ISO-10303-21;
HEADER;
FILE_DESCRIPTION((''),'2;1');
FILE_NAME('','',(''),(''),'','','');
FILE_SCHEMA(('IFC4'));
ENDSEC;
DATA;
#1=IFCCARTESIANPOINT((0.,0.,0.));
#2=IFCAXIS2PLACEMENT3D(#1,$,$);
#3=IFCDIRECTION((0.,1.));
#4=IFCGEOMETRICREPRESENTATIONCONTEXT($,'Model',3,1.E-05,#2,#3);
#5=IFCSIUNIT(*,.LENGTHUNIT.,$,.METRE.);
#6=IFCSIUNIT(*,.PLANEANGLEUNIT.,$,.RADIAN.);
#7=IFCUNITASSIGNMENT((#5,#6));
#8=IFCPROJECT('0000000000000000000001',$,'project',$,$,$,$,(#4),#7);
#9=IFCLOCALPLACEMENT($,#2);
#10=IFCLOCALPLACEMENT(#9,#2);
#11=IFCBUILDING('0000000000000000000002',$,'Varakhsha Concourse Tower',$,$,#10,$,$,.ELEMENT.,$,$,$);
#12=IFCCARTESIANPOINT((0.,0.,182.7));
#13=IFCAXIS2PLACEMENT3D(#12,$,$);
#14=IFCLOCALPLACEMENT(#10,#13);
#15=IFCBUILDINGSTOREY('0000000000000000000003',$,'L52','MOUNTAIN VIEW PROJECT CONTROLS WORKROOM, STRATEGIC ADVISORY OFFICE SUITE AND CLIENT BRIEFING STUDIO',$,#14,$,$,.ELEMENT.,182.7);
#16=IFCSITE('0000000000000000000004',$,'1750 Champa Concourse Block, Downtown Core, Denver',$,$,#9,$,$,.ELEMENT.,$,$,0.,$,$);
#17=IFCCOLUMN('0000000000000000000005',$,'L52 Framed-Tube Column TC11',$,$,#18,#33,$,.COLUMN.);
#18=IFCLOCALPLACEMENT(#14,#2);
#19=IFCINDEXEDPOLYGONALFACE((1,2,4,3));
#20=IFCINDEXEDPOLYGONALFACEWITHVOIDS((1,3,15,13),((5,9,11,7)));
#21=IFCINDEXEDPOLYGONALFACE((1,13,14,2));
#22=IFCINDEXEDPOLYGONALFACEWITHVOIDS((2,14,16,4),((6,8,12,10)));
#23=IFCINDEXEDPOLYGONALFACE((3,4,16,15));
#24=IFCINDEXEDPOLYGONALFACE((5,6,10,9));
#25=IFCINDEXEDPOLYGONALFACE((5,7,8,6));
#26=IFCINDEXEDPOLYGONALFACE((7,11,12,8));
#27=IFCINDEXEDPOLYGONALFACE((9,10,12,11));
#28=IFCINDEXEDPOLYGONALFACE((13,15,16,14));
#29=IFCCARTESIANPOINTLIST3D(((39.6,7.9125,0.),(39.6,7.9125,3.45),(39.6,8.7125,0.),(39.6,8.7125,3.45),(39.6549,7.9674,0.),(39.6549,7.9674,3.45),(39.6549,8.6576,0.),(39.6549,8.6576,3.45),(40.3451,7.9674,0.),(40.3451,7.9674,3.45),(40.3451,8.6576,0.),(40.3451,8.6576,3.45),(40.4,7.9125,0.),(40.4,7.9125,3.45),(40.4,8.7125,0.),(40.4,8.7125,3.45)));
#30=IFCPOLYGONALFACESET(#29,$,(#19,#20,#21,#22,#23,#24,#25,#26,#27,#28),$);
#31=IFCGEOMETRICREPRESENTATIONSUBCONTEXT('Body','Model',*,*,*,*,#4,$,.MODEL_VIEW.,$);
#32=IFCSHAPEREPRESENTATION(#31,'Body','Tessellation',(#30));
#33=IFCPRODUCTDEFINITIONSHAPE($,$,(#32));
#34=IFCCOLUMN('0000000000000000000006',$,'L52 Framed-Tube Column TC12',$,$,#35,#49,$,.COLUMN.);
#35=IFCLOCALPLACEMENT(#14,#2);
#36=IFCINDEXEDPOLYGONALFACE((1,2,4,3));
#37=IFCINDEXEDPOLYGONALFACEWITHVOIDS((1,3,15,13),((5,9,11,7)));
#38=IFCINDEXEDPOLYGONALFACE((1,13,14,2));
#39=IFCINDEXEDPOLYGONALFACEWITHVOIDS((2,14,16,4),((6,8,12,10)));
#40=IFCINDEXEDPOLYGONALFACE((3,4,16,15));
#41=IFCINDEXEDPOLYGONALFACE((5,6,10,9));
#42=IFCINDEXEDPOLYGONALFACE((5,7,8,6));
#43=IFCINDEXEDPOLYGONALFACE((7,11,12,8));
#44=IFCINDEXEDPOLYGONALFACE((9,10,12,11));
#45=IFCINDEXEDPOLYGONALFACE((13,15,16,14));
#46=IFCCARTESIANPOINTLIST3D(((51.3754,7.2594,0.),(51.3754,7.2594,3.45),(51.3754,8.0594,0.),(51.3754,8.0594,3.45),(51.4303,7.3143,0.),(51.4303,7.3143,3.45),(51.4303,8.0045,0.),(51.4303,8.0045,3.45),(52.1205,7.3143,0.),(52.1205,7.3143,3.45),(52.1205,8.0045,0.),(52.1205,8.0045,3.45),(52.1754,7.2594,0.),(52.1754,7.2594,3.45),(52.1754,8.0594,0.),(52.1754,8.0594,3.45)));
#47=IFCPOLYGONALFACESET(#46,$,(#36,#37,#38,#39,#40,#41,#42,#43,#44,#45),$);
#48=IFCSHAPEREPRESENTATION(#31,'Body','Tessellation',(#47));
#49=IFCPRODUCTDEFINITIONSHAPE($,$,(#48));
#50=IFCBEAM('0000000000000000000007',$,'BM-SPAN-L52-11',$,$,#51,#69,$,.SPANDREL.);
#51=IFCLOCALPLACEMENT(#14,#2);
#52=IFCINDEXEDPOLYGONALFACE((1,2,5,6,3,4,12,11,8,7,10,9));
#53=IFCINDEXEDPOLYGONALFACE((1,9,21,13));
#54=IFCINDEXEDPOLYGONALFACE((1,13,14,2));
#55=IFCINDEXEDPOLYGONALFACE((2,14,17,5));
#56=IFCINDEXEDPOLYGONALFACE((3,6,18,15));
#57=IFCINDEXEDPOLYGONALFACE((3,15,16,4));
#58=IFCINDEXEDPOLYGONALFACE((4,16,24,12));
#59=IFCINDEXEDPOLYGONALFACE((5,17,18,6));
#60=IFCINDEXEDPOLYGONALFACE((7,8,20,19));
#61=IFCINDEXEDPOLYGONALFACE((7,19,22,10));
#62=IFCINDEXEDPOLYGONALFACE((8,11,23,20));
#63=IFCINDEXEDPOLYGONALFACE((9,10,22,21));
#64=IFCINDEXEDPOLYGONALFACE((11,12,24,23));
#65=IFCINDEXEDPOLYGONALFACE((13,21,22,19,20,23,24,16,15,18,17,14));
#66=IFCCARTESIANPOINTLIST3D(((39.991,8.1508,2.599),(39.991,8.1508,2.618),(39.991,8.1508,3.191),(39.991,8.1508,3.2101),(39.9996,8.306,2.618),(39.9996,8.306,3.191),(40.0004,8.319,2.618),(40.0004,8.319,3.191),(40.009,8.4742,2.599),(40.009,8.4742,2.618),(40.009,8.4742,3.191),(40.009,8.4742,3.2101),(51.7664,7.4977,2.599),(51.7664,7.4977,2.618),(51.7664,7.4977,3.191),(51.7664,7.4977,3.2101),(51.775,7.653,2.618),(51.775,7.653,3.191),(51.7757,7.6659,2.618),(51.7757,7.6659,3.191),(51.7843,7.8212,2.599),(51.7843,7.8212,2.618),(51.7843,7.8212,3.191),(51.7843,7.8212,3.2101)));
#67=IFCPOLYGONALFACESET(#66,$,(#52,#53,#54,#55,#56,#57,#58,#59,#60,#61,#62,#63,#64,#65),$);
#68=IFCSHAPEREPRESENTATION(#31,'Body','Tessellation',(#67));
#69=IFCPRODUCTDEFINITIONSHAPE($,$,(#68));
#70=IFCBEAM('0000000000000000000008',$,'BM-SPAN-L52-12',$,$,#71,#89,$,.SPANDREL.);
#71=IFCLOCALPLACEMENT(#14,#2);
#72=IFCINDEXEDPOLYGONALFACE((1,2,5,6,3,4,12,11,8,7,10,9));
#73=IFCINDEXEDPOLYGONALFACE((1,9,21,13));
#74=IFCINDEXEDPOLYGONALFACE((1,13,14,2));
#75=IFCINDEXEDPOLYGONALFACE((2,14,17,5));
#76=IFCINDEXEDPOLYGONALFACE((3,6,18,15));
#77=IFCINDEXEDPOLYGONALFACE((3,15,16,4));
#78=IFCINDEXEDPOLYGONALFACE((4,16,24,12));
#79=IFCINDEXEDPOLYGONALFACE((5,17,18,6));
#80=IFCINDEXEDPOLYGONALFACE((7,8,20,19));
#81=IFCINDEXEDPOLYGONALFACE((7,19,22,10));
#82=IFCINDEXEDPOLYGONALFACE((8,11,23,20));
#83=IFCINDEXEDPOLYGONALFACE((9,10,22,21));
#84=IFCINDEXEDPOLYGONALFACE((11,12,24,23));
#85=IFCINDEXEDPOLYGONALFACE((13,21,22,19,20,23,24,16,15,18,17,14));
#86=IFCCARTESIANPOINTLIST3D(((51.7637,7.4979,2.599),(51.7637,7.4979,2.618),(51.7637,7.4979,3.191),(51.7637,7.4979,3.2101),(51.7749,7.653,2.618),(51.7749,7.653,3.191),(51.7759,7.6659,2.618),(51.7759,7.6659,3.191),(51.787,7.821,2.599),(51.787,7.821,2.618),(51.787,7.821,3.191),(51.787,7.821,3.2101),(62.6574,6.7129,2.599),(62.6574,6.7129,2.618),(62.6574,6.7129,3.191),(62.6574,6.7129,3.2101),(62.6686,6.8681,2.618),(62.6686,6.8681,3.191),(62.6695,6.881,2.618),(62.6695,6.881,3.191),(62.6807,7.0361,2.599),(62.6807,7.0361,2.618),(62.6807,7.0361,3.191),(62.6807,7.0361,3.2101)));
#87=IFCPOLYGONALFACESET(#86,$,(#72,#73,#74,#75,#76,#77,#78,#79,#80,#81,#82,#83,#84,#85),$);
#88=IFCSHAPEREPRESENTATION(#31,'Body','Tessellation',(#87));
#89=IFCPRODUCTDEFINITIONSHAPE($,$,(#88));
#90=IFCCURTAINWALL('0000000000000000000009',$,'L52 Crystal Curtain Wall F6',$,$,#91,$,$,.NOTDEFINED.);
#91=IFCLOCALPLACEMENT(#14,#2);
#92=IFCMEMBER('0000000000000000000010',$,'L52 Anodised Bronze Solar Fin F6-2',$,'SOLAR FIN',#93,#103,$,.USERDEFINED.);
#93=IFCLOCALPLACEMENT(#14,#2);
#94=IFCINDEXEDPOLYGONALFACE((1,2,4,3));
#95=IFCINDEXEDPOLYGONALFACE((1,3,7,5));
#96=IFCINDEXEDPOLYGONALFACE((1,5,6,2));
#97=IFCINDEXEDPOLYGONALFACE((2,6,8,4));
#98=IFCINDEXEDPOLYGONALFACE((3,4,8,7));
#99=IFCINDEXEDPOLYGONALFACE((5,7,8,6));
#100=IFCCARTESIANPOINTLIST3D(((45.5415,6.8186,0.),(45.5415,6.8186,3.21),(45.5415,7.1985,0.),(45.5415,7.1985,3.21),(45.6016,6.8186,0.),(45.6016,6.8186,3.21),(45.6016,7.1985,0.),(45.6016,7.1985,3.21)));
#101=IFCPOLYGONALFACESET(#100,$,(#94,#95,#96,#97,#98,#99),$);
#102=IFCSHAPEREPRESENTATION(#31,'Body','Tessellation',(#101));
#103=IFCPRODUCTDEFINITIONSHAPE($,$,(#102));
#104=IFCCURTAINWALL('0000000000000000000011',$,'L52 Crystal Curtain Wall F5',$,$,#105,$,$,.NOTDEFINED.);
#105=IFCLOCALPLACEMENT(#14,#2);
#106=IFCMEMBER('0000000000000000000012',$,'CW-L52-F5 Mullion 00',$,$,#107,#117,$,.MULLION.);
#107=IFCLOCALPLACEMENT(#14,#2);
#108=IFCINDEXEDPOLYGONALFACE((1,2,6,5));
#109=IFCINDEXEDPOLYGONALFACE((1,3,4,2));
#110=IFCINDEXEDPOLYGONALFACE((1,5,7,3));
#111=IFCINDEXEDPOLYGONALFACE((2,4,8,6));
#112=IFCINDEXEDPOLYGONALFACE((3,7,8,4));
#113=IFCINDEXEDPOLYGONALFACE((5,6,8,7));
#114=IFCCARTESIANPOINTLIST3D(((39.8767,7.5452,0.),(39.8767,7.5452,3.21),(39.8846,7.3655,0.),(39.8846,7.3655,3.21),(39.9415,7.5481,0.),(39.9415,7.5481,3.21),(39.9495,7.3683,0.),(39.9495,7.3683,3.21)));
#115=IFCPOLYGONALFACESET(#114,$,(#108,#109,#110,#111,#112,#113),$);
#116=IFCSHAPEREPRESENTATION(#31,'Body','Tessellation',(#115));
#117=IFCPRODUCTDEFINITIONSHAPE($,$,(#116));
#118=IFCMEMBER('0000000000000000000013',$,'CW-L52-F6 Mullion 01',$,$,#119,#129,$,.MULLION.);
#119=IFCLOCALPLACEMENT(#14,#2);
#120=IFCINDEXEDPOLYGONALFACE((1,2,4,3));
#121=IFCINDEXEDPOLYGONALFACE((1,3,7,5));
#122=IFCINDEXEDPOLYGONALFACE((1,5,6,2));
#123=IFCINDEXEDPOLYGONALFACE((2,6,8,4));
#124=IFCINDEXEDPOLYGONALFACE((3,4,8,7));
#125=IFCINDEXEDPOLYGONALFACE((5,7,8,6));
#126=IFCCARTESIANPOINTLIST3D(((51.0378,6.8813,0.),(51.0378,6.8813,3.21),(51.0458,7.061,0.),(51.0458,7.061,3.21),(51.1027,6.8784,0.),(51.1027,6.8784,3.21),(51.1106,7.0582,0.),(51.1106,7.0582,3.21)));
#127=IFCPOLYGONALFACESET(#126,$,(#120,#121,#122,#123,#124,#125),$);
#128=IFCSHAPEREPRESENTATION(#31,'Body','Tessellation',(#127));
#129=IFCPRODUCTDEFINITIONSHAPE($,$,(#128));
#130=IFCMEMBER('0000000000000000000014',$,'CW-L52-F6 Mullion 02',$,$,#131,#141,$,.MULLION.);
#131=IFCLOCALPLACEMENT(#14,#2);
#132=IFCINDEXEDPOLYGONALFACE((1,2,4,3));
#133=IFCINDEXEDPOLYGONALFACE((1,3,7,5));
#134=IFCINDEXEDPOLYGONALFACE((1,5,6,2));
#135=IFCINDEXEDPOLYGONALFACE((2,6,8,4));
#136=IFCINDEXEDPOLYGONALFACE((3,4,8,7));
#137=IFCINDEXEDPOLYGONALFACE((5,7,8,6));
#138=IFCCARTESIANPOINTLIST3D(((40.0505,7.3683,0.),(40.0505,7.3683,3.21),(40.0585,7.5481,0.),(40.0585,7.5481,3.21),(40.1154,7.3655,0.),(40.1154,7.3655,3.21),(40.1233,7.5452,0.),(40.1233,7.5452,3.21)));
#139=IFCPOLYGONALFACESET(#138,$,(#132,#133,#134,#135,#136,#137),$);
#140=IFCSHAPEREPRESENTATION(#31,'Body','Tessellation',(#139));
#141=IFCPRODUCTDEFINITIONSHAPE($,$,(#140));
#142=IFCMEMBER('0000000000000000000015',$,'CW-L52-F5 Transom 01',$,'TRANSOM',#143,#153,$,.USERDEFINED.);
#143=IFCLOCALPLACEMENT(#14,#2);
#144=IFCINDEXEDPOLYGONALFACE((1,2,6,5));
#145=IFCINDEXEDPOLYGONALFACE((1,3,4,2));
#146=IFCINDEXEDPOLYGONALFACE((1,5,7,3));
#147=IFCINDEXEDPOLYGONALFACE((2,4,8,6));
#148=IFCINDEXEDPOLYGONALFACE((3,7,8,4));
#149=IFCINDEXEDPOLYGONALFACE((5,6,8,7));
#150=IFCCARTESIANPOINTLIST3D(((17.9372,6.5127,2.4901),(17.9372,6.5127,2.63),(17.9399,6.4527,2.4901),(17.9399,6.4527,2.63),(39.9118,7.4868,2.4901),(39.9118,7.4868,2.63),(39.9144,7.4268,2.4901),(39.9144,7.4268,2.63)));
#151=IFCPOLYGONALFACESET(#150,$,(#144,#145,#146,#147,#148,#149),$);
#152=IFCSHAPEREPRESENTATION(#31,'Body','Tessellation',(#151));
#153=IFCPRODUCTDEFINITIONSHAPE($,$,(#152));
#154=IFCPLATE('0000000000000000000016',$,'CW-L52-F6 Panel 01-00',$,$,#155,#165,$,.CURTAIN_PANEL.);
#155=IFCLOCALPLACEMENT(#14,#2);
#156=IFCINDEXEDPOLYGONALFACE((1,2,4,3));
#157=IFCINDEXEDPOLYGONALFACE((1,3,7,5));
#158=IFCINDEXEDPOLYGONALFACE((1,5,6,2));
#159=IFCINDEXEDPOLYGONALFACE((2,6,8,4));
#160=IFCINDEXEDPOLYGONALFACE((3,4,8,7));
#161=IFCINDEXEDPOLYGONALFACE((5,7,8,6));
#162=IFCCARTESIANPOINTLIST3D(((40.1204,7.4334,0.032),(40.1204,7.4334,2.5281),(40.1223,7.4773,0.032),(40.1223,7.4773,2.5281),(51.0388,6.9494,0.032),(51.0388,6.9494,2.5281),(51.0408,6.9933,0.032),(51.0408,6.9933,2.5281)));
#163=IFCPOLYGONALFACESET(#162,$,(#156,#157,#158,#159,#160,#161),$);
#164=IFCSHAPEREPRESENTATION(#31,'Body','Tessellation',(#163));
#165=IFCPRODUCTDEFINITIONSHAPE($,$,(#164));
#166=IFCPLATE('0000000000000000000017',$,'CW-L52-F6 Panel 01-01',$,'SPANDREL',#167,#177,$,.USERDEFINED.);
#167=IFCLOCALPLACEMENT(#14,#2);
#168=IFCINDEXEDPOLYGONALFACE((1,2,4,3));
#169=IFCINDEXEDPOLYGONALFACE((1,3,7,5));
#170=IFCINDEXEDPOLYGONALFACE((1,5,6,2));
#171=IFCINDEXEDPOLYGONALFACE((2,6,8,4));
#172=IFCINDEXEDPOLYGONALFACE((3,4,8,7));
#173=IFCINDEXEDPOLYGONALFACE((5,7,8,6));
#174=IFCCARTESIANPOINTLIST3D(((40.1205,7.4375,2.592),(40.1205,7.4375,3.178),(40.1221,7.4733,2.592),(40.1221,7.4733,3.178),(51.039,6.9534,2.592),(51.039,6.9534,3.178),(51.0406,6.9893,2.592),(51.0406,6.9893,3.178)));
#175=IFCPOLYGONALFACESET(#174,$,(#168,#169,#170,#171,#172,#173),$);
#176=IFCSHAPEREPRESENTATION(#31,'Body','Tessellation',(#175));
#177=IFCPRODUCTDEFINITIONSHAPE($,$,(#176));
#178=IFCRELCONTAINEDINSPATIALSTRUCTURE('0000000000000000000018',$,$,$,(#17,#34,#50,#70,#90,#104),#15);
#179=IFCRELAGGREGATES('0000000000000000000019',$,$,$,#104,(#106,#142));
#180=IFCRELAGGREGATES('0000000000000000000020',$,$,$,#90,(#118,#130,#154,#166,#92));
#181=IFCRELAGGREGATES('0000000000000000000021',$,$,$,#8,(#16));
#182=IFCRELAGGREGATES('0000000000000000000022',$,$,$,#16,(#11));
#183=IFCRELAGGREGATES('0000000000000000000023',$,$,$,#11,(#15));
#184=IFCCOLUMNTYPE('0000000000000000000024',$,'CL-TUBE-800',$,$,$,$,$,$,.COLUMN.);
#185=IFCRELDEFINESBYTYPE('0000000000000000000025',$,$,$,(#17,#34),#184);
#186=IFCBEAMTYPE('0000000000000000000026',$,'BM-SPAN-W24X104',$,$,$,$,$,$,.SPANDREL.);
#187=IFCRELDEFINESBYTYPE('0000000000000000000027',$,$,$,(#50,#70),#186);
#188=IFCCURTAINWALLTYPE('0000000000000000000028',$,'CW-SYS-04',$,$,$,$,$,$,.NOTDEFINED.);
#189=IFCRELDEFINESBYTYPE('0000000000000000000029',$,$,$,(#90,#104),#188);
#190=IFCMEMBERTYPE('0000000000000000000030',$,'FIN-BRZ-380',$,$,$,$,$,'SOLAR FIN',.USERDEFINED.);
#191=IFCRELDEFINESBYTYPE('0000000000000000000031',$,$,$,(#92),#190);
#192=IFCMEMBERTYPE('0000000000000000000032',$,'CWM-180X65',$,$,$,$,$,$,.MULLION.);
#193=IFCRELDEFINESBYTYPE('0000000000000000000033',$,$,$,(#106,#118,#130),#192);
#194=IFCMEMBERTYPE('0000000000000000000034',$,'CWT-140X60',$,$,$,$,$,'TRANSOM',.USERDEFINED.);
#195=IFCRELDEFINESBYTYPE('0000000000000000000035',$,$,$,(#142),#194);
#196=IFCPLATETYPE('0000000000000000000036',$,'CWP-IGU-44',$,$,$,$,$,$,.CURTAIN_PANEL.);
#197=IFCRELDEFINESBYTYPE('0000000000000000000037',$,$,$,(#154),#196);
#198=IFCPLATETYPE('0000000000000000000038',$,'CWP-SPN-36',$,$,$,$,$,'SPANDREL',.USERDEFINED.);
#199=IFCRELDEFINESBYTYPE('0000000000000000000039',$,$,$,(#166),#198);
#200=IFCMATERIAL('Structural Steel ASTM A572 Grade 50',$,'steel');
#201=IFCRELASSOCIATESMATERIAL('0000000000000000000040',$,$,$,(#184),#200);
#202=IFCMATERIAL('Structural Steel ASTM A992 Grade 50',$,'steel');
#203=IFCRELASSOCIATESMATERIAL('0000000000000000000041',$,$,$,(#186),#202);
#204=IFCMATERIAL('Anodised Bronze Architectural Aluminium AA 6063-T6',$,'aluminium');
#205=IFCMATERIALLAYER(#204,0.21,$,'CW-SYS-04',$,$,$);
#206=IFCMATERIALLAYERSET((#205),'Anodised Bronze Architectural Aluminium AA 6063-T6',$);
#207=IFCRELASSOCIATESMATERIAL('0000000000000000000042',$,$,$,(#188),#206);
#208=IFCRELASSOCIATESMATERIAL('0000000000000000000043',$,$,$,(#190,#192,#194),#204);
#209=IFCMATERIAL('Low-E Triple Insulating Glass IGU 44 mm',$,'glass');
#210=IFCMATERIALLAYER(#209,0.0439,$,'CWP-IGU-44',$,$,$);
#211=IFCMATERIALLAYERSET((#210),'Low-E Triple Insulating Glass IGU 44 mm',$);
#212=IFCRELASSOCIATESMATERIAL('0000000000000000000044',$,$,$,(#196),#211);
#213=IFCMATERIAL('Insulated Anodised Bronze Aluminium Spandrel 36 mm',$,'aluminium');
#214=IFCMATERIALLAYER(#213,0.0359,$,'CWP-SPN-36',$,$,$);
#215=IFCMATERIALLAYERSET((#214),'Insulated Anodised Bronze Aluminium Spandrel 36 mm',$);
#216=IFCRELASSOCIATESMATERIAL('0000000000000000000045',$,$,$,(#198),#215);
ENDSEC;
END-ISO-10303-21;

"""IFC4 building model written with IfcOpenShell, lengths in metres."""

from ifc_helpers import new_model, si_unit, direction, frame, origin, origin_2d, place, context, subcontext, project, spatial, rectangle, hollow_rectangle, i_section, extrude, source, transform, mapped, material, layer, layer_set, material_profile, profile_set, type_object, type_shapes, element, aggregate, save


model = new_model("IFC4")

# Units and contexts
model_context = context("Model", 3, precision=1e-05, world=origin(), true_north=direction((0.0, 1.0)))
body_context = subcontext(model_context, "Body", "Model", "MODEL_VIEW")
ifc_project = project(units=[si_unit("LENGTHUNIT", "METRE"), si_unit("PLANEANGLEUNIT", "RADIAN")], contexts=[model_context])

# Site, building, storey
site_placement = place(None, origin())
site = spatial("IfcSite", under=ifc_project, at=site_placement, Name="1750 Champa Concourse Block, Downtown Core, Denver", CompositionType="ELEMENT", RefElevation=0.0)
building_placement = place(site_placement, origin())
building = spatial("IfcBuilding", under=site, at=building_placement, Name="Varakhsha Concourse Tower", CompositionType="ELEMENT")
storey_placement = place(building_placement, frame((0.0, 0.0, 182.7)))
storey = spatial("IfcBuildingStorey", under=building, at=storey_placement, Name="L52", Description="MOUNTAIN VIEW PROJECT CONTROLS WORKROOM, STRATEGIC ADVISORY OFFICE SUITE AND CLIENT BRIEFING STUDIO", CompositionType="ELEMENT", Elevation=182.7)

# Columns
ifc_material_1 = material(Name="Structural Steel ASTM A572 Grade 50", Category="steel")
ifc_material_profile_1 = material_profile(ifc_material_1, hollow_rectangle(XDim=0.8, YDim=0.8, WallThickness=0.0549, at=origin_2d()), Name="BOX 800x800x55")
ifc_profile_set_1 = profile_set([ifc_material_profile_1], Name="Structural Steel ASTM A572 Grade 50")
column_type = type_object("IfcColumnType", Name="CL-TUBE-800", PredefinedType="COLUMN", material=ifc_profile_set_1)
for number, where, z_axis, x_axis, name in (
    (1, (40.0, 8.3125, 0.0), (0.0, 0.0, 1.0), (1.0, 0.0, 0.0), "L52 Framed-Tube Column TC11"),
    (2, (51.7754, 7.6594, 0.0), (0.0, 0.0, 1.0), (1.0, 0.0, 0.0), "L52 Framed-Tube Column TC12"),
):
    element("IfcColumn", number, at=place(storey_placement, frame(where, z_axis=z_axis, x_axis=x_axis)), inside=storey, type_object=column_type, Name=name, PredefinedType="COLUMN", context=body_context, shape_type="SweptSolid", body=[
        extrude(hollow_rectangle(XDim=0.8, YDim=0.8, WallThickness=0.0549, at=origin_2d()), origin(), (0.0, 0.0, 1.0), 3.45),
    ])

# Beams
ifc_material_2 = material(Name="Structural Steel ASTM A992 Grade 50", Category="steel")
ifc_material_profile_2 = material_profile(ifc_material_2, i_section(OverallWidth=0.324, OverallDepth=0.6111, WebThickness=0.0129, FlangeThickness=0.019, at=origin_2d()), Name="W24X104")
ifc_profile_set_2 = profile_set([ifc_material_profile_2], Name="Structural Steel ASTM A992 Grade 50")
beam_type = type_object("IfcBeamType", Name="BM-SPAN-W24X104", PredefinedType="SPANDREL", material=ifc_profile_set_2)
beam_1_placement = place(storey_placement, frame((40.0, 8.3125, 2.9045), z_axis=(0.998466, -0.055376, 0.0), x_axis=(0.055376, 0.998466, 0.0)))
element("IfcBeam", 3, at=beam_1_placement, inside=storey, type_object=beam_type, Name="BM-SPAN-L52-11", PredefinedType="SPANDREL", context=body_context, shape_type="SweptSolid", body=[
    extrude(i_section(OverallWidth=0.324, OverallDepth=0.6111, WebThickness=0.0129, FlangeThickness=0.019, at=origin_2d()), origin(), (0.0, 0.0, 1.0), 11.7935),
])
beam_2_placement = place(storey_placement, frame((51.7754, 7.6594, 2.9045), z_axis=(0.997414, -0.071867, 0.0), x_axis=(0.071867, 0.997414, 0.0)))
element("IfcBeam", 4, at=beam_2_placement, inside=storey, type_object=beam_type, Name="BM-SPAN-L52-12", PredefinedType="SPANDREL", context=body_context, shape_type="SweptSolid", body=[
    extrude(i_section(OverallWidth=0.324, OverallDepth=0.6111, WebThickness=0.0129, FlangeThickness=0.019, at=origin_2d()), origin(), (0.0, 0.0, 1.0), 10.9219),
])

# Curtain walls, members
ifc_material_3 = material(Name="Anodised Bronze Architectural Aluminium AA 6063-T6", Category="aluminium")
ifc_layer_1 = layer(ifc_material_3, 0.21, Name="CW-SYS-04")
ifc_layer_set_1 = layer_set([ifc_layer_1], Name="Anodised Bronze Architectural Aluminium AA 6063-T6")
curtain_wall_type = type_object("IfcCurtainWallType", Name="CW-SYS-04", PredefinedType="NOTDEFINED", material=ifc_layer_set_1)
curtain_wall_1_placement = place(storey_placement, origin())
curtain_wall_1 = element("IfcCurtainWall", 5, at=curtain_wall_1_placement, inside=storey, type_object=curtain_wall_type, Name="L52 Crystal Curtain Wall F6", PredefinedType="NOTDEFINED")
ifc_material_profile_3 = material_profile(ifc_material_3, rectangle(XDim=0.0601, YDim=0.3799, at=origin_2d()), Name="FIN-BRZ-380")
ifc_profile_set_3 = profile_set([ifc_material_profile_3], Name="Anodised Bronze Architectural Aluminium AA 6063-T6")
member_type_1 = type_object("IfcMemberType", Name="FIN-BRZ-380", ElementType="SOLAR FIN", PredefinedType="USERDEFINED", material=ifc_profile_set_3)
shared_shape_1 = source(origin(), body_context, "Body", "SweptSolid", [
    extrude(rectangle(XDim=0.0601, YDim=0.3799, at=origin_2d()), origin(), (0.0, 0.0, 1.0), 3.21),
])
type_shapes(member_type_1, [shared_shape_1])
member_1_placement = place(storey_placement, frame((45.5715, 7.0085, 0.0), z_axis=(0.0, 0.0, 1.0), x_axis=(1.0, 0.0, 0.0)))
member_1 = element("IfcMember", 6, at=member_1_placement, type_object=member_type_1, Name="L52 Anodised Bronze Solar Fin F6-2", ObjectType="SOLAR FIN", PredefinedType="USERDEFINED", context=body_context, shape_type="MappedRepresentation", body=[
    mapped(shared_shape_1, transform((0.0, 0.0, 0.0), scale=1.0)),
])
curtain_wall_2_placement = place(storey_placement, origin())
curtain_wall_2 = element("IfcCurtainWall", 7, at=curtain_wall_2_placement, inside=storey, type_object=curtain_wall_type, Name="L52 Crystal Curtain Wall F5", PredefinedType="NOTDEFINED")
ifc_material_profile_4 = material_profile(ifc_material_3, rectangle(XDim=0.0649, YDim=0.1799, at=origin_2d()), Name="CWM-180X65")
ifc_profile_set_4 = profile_set([ifc_material_profile_4], Name="Anodised Bronze Architectural Aluminium AA 6063-T6")
member_type_2 = type_object("IfcMemberType", Name="CWM-180X65", PredefinedType="MULLION", material=ifc_profile_set_4)
shared_shape_2 = source(origin(), body_context, "Body", "SweptSolid", [
    extrude(rectangle(XDim=0.0649, YDim=0.1799, at=origin_2d()), origin(), (0.0, 0.0, 1.0), 3.21),
])
type_shapes(member_type_2, [shared_shape_2])
member_2_placement = place(storey_placement, frame((39.9131, 7.4568, 0.0), z_axis=(0.0, 0.0, 1.0), x_axis=(-0.999019, -0.044285, 0.0)))
member_2 = element("IfcMember", 8, at=member_2_placement, type_object=member_type_2, Name="CW-L52-F5 Mullion 00", PredefinedType="MULLION", context=body_context, shape_type="MappedRepresentation", body=[
    mapped(shared_shape_2, transform((0.0, 0.0, 0.0), scale=1.0)),
])

# Members
member_3_placement = place(storey_placement, frame((51.0742, 6.9697, 0.0), z_axis=(0.0, 0.0, 1.0), x_axis=(-0.999019, 0.044285, 0.0)))
member_3 = element("IfcMember", 9, at=member_3_placement, type_object=member_type_2, Name="CW-L52-F6 Mullion 01", PredefinedType="MULLION", context=body_context, shape_type="MappedRepresentation", body=[
    mapped(shared_shape_2, transform((0.0, 0.0, 0.0), scale=1.0)),
])
member_4_placement = place(storey_placement, frame((40.0869, 7.4568, 0.0), z_axis=(0.0, 0.0, 1.0), x_axis=(-0.999019, 0.044285, 0.0)))
member_4 = element("IfcMember", 10, at=member_4_placement, type_object=member_type_2, Name="CW-L52-F6 Mullion 02", PredefinedType="MULLION", context=body_context, shape_type="MappedRepresentation", body=[
    mapped(shared_shape_2, transform((0.0, 0.0, 0.0), scale=1.0)),
])
ifc_material_profile_5 = material_profile(ifc_material_3, rectangle(XDim=0.0601, YDim=0.1399, at=origin_2d()), Name="CWT-140X60")
ifc_profile_set_5 = profile_set([ifc_material_profile_5], Name="Anodised Bronze Architectural Aluminium AA 6063-T6")
member_type_3 = type_object("IfcMemberType", Name="CWT-140X60", ElementType="TRANSOM", PredefinedType="USERDEFINED", material=ifc_profile_set_5)
shared_shape_3 = source(origin(), body_context, "Body", "SweptSolid", [
    extrude(rectangle(XDim=0.0601, YDim=0.1399, at=origin_2d()), origin(), (0.0, 0.0, 1.0), 21.9961),
])
type_shapes(member_type_3, [shared_shape_3])
member_5_placement = place(storey_placement, frame((39.9131, 7.4568, 2.5601), z_axis=(-0.999019, -0.044286, 0.0), x_axis=(0.044286, -0.999019, 0.0)))
member_5 = element("IfcMember", 11, at=member_5_placement, type_object=member_type_3, Name="CW-L52-F5 Transom 01", ObjectType="TRANSOM", PredefinedType="USERDEFINED", context=body_context, shape_type="MappedRepresentation", body=[
    mapped(shared_shape_3, transform((0.0, 0.0, 0.0), scale=1.0)),
])
aggregate(curtain_wall_2, [member_2, member_5])

# Plates
ifc_material_4 = material(Name="Low-E Triple Insulating Glass IGU 44 mm", Category="glass")
ifc_layer_2 = layer(ifc_material_4, 0.0439, Name="CWP-IGU-44")
ifc_layer_set_2 = layer_set([ifc_layer_2], Name="Low-E Triple Insulating Glass IGU 44 mm")
plate_type_1 = type_object("IfcPlateType", Name="CWP-IGU-44", PredefinedType="CURTAIN_PANEL", material=ifc_layer_set_2)
shared_shape_4 = source(origin(), body_context, "Body", "SweptSolid", [
    extrude(rectangle(XDim=10.9292, YDim=0.0439, at=origin_2d()), origin(), (0.0, 0.0, 1.0), 2.4961),
])
type_shapes(plate_type_1, [shared_shape_4])
plate_1_placement = place(storey_placement, frame((45.5806, 7.2134, 0.032), z_axis=(0.0, 0.0, 1.0), x_axis=(-0.999019, 0.044285, 0.0)))
plate_1 = element("IfcPlate", 12, at=plate_1_placement, type_object=plate_type_1, Name="CW-L52-F6 Panel 01-00", PredefinedType="CURTAIN_PANEL", context=body_context, shape_type="MappedRepresentation", body=[
    mapped(shared_shape_4, transform((0.0, 0.0, 0.0), scale=1.0)),
])
ifc_material_5 = material(Name="Insulated Anodised Bronze Aluminium Spandrel 36 mm", Category="aluminium")
ifc_layer_3 = layer(ifc_material_5, 0.0359, Name="CWP-SPN-36")
ifc_layer_set_3 = layer_set([ifc_layer_3], Name="Insulated Anodised Bronze Aluminium Spandrel 36 mm")
plate_type_2 = type_object("IfcPlateType", Name="CWP-SPN-36", ElementType="SPANDREL", PredefinedType="USERDEFINED", material=ifc_layer_set_3)
shared_shape_5 = source(origin(), body_context, "Body", "SweptSolid", [
    extrude(rectangle(XDim=10.9292, YDim=0.0359, at=origin_2d()), origin(), (0.0, 0.0, 1.0), 0.5859),
])
type_shapes(plate_type_2, [shared_shape_5])
plate_2_placement = place(storey_placement, frame((45.5806, 7.2134, 2.592), z_axis=(0.0, 0.0, 1.0), x_axis=(-0.999019, 0.044285, 0.0)))
plate_2 = element("IfcPlate", 13, at=plate_2_placement, type_object=plate_type_2, Name="CW-L52-F6 Panel 01-01", ObjectType="SPANDREL", PredefinedType="USERDEFINED", context=body_context, shape_type="MappedRepresentation", body=[
    mapped(shared_shape_5, transform((0.0, 0.0, 0.0), scale=1.0)),
])
aggregate(curtain_wall_1, [member_3, member_4, plate_1, plate_2, member_1])

save(model, "model.ifc")
